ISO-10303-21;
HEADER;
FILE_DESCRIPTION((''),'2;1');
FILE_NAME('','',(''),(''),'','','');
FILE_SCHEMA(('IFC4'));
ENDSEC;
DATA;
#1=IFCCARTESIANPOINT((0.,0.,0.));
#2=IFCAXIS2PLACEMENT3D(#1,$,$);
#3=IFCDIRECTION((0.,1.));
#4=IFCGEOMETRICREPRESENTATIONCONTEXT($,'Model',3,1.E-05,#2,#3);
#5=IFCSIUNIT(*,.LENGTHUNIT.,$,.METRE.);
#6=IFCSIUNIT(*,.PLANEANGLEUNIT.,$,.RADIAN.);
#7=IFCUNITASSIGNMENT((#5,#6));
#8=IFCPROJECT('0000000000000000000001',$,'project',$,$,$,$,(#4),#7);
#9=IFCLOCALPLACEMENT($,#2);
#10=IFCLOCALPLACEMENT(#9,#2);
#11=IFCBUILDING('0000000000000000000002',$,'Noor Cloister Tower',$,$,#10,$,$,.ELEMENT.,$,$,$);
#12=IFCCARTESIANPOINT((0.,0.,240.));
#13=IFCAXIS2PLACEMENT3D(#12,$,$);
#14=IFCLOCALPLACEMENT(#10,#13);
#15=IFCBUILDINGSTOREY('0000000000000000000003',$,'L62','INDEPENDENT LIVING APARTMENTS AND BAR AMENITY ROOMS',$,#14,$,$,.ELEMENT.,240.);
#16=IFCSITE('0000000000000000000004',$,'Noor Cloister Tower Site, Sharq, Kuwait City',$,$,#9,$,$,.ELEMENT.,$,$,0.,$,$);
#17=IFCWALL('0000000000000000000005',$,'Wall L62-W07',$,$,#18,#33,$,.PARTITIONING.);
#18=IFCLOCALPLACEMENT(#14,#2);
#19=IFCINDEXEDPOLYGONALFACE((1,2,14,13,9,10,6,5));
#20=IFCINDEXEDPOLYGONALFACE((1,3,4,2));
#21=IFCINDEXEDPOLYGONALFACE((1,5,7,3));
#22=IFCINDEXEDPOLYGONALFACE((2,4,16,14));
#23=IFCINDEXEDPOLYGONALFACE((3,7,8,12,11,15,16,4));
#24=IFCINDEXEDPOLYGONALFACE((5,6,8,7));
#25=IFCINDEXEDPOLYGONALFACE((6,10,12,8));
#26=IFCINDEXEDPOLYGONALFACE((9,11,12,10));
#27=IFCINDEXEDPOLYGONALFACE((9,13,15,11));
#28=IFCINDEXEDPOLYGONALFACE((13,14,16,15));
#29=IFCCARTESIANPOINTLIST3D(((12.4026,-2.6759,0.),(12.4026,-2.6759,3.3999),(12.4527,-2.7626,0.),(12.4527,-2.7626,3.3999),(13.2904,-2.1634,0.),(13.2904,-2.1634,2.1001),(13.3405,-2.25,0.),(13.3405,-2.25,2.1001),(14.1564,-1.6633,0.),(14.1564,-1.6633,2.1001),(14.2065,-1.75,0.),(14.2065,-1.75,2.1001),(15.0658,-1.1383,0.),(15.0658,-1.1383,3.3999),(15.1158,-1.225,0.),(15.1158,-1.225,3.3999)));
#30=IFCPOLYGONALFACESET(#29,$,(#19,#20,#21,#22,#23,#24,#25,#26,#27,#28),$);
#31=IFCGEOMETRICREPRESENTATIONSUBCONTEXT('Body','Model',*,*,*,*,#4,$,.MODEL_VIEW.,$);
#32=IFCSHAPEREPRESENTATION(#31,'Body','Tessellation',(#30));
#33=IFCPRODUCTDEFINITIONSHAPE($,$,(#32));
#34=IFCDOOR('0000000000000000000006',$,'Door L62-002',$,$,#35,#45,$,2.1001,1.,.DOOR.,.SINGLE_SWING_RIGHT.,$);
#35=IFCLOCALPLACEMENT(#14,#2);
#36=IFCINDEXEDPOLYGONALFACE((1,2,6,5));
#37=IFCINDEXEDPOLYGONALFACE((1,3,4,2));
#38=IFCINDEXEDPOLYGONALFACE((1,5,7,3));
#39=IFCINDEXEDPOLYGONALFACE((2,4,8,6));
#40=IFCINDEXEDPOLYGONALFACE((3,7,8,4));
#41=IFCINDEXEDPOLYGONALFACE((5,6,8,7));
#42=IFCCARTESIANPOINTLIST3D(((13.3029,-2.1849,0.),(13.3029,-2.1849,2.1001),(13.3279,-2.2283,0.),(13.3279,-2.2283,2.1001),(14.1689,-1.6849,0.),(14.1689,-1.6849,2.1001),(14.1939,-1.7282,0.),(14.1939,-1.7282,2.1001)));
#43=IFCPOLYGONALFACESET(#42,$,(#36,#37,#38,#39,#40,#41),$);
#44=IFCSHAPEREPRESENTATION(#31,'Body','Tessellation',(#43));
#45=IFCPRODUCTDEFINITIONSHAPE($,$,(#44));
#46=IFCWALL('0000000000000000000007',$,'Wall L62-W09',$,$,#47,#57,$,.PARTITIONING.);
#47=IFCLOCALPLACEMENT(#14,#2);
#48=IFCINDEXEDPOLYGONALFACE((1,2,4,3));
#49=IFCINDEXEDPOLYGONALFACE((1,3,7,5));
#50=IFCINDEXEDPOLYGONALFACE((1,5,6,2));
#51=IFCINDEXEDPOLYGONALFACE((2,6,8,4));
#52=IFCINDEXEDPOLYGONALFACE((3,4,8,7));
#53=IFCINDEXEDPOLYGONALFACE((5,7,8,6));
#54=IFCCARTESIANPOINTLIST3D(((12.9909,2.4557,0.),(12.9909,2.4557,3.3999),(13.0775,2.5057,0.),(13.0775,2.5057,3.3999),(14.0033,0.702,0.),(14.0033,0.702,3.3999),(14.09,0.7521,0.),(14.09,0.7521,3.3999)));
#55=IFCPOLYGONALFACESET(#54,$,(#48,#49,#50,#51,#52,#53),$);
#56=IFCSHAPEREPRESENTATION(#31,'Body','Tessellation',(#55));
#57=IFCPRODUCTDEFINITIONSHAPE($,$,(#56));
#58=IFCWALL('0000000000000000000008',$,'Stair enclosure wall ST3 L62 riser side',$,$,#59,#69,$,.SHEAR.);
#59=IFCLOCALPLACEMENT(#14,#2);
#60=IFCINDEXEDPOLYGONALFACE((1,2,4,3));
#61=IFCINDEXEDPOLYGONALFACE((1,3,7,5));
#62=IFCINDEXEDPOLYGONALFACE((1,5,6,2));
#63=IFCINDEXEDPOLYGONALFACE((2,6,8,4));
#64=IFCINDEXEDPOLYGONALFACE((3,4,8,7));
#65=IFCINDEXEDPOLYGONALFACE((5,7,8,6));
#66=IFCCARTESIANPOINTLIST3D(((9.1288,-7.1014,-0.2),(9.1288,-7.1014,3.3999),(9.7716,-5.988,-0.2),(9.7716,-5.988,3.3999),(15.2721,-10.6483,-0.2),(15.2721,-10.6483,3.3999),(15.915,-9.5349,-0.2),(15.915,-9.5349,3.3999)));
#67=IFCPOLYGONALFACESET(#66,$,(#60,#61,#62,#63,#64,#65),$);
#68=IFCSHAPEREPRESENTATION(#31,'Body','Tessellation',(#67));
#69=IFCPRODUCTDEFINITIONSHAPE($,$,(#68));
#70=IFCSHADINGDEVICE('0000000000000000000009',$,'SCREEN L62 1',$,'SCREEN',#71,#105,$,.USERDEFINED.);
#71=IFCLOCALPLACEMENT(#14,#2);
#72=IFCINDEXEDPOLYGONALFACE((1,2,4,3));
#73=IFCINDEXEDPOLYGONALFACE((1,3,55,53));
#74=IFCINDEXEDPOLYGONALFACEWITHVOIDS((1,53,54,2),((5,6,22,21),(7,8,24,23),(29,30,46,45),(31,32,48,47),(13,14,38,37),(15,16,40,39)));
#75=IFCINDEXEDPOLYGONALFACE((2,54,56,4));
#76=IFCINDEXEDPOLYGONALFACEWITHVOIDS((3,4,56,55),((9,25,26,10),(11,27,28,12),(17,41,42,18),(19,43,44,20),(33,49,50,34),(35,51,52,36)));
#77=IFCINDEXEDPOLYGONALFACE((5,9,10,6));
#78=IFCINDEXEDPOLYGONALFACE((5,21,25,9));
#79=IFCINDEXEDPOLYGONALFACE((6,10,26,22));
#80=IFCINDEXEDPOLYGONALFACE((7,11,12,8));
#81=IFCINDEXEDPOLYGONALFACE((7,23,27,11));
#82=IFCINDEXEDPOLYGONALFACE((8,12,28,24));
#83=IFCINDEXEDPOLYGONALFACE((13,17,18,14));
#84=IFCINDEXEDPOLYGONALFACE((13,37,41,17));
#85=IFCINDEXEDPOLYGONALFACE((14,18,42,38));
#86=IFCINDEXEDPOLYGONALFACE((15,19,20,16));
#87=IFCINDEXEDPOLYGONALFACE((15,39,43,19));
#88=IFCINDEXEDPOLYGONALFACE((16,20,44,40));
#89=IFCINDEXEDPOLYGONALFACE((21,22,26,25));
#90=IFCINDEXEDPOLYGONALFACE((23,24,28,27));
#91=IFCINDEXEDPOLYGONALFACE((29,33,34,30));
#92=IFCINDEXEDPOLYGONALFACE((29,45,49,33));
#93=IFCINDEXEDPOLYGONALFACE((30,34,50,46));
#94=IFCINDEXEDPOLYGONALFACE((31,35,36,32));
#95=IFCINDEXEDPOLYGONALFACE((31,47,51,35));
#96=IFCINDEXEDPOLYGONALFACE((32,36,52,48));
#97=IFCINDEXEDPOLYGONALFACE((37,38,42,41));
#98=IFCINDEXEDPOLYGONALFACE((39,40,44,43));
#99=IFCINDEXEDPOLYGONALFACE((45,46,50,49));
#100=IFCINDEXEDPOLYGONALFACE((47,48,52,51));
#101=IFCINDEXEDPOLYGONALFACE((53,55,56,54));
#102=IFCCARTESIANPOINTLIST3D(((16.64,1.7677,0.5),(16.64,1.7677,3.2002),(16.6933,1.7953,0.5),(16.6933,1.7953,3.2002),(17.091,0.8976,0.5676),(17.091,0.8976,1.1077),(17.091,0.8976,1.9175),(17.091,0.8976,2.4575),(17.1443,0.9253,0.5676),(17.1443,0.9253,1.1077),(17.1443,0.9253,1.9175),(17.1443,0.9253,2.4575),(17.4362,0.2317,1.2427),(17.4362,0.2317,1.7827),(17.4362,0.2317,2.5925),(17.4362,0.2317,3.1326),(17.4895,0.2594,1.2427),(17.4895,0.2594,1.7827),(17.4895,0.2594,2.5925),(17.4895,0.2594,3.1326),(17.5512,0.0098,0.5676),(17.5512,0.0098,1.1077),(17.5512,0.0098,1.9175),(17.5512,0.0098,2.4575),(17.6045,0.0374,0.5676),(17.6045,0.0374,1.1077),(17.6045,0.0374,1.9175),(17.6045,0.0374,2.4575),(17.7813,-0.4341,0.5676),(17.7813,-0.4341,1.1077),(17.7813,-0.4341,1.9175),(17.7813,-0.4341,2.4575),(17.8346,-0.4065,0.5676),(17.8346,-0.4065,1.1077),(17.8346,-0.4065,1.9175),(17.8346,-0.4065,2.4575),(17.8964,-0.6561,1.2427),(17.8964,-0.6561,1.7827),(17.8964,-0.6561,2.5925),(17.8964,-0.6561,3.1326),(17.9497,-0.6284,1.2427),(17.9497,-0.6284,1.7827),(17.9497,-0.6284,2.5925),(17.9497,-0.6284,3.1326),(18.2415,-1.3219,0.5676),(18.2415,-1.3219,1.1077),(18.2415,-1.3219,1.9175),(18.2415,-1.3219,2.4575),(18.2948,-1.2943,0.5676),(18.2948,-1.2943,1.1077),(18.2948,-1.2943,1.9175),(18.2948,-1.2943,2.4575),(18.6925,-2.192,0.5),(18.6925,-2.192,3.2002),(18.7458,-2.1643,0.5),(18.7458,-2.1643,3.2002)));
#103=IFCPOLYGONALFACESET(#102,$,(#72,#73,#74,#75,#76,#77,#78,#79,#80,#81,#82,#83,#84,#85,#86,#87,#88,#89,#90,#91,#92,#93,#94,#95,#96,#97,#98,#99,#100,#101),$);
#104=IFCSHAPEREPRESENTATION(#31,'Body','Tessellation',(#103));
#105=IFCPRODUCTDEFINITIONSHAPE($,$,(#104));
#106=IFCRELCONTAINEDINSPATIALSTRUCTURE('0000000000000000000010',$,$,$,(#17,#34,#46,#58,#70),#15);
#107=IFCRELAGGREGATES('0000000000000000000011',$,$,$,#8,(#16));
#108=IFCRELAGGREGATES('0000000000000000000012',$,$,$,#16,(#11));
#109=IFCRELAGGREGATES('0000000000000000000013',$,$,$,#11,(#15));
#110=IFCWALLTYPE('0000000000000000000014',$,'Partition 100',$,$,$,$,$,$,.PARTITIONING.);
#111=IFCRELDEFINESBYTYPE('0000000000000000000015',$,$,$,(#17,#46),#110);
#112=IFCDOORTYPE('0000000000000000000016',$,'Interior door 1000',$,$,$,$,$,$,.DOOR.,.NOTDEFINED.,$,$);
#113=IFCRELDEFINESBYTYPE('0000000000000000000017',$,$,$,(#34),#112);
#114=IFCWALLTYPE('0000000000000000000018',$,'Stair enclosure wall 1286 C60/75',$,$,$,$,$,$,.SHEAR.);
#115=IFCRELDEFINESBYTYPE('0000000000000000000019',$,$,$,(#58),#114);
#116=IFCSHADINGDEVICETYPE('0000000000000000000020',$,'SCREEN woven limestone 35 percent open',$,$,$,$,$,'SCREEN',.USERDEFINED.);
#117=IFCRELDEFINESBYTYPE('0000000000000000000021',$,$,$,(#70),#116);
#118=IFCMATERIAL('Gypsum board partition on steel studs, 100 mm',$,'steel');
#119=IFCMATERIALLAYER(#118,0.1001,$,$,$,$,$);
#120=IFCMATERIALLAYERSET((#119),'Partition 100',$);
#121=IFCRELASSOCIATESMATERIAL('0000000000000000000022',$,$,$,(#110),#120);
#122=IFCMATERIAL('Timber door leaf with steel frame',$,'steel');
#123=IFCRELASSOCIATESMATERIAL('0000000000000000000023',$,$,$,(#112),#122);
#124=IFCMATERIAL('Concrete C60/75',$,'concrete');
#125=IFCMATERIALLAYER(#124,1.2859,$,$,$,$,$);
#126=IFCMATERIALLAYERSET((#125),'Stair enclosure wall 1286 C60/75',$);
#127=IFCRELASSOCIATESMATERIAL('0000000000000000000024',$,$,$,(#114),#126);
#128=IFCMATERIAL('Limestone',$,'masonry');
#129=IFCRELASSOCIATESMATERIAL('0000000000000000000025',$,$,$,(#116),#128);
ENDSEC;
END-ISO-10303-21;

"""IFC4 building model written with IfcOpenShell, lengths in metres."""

from ifc_helpers import new_model, si_unit, direction, frame, frame_2d, origin, place, context, subcontext, project, spatial, polyline, rectangle, outline, extrude, material, layer, layer_set, material_profile, profile_set, type_object, element, fill, save


model = new_model("IFC4")

# Units and contexts
model_context = context("Model", 3, precision=1e-05, world=origin(), true_north=direction((0.0, 1.0)))
body_context = subcontext(model_context, "Body", "Model", "MODEL_VIEW")
ifc_project = project(units=[si_unit("LENGTHUNIT", "METRE"), si_unit("PLANEANGLEUNIT", "RADIAN")], contexts=[model_context])

# Site, building, storey
site_placement = place(None, origin())
site = spatial("IfcSite", under=ifc_project, at=site_placement, Name="Noor Cloister Tower Site, Sharq, Kuwait City", CompositionType="ELEMENT", RefElevation=0.0)
building_placement = place(site_placement, origin())
building = spatial("IfcBuilding", under=site, at=building_placement, Name="Noor Cloister Tower", CompositionType="ELEMENT")
storey_placement = place(building_placement, frame((0.0, 0.0, 240.0)))
storey = spatial("IfcBuildingStorey", under=building, at=storey_placement, Name="L62", Description="INDEPENDENT LIVING APARTMENTS AND BAR AMENITY ROOMS", CompositionType="ELEMENT", Elevation=240.0)

# Shared definitions
ifc_material_1 = material(Name="Gypsum board partition on steel studs, 100 mm", Category="steel")
ifc_layer_1 = layer(ifc_material_1, 0.1001)
ifc_layer_set_1 = layer_set([ifc_layer_1], Name="Partition 100")
wall_type_1 = type_object("IfcWallType", Name="Partition 100", PredefinedType="PARTITIONING", material=ifc_layer_set_1)

# Wall, opening, door
wall_1_placement = place(storey_placement, frame((15.0908, -1.1816, 0.0), z_axis=(0.0, 0.0, 1.0), x_axis=(-0.866016, -0.500016, 0.0)))
wall_1 = element("IfcWall", 1, at=wall_1_placement, inside=storey, type_object=wall_type_1, Name="Wall L62-W07", PredefinedType="PARTITIONING", context=body_context, shape_type="SweptSolid", body=[
    extrude(rectangle(XDim=3.0752, YDim=0.1001, at=frame_2d((1.5376, 0.0))), origin(), (0.0, 0.0, 1.0), 3.3999),
])
opening_1_placement = place(wall_1_placement, frame((1.05, 0.0, 0.0)))
opening_1 = element("IfcOpeningElement", 2, at=opening_1_placement, cuts=wall_1, PredefinedType="OPENING", context=body_context, shape_type="SweptSolid", body=[
    extrude(rectangle(XDim=1.0, YDim=2.1001, at=frame_2d((0.5, 1.05))), frame((0.0, 0.0601, 0.0), z_axis=(0.0, -1.0, 0.0), x_axis=(1.0, 0.0, 0.0)), (0.0, 0.0, 1.0), 0.1201),
])
ifc_material_2 = material(Name="Timber door leaf with steel frame", Category="steel")
door_type_1 = type_object("IfcDoorType", Name="Interior door 1000", OperationType="NOTDEFINED", PredefinedType="DOOR", material=ifc_material_2)
door_1_placement = place(opening_1_placement, origin())
door_1 = element("IfcDoor", 3, at=door_1_placement, inside=storey, type_object=door_type_1, Name="Door L62-002", OperationType="SINGLE_SWING_RIGHT", OverallHeight=2.1001, OverallWidth=1.0, PredefinedType="DOOR", context=body_context, shape_type="SweptSolid", body=[
    extrude(rectangle(XDim=1.0, YDim=2.1001, at=frame_2d((0.5, 1.05))), frame((0.0, 0.0249, 0.0), z_axis=(0.0, -1.0, 0.0), x_axis=(1.0, 0.0, 0.0)), (0.0, 0.0, 1.0), 0.05),
])
fill(opening_1, door_1)

# Walls
wall_2_placement = place(storey_placement, frame((14.0466, 0.7271, 0.0), z_axis=(0.0, 0.0, 1.0), x_axis=(-0.49999, 0.866031, 0.0)))
element("IfcWall", 4, at=wall_2_placement, inside=storey, type_object=wall_type_1, Name="Wall L62-W09", PredefinedType="PARTITIONING", context=body_context, shape_type="SweptSolid", body=[
    extrude(rectangle(XDim=2.0249, YDim=0.1001, at=frame_2d((1.0125, 0.0))), origin(), (0.0, 0.0, 1.0), 3.3999),
])
ifc_material_3 = material(Name="Concrete C60/75", Category="concrete")
ifc_layer_2 = layer(ifc_material_3, 1.2859)
ifc_layer_set_2 = layer_set([ifc_layer_2], Name="Stair enclosure wall 1286 C60/75")
wall_type_2 = type_object("IfcWallType", Name="Stair enclosure wall 1286 C60/75", PredefinedType="SHEAR", material=ifc_layer_set_2)
wall_3_placement = place(storey_placement, frame((9.4502, -6.5447, -0.2), z_axis=(0.0, 0.0, 1.0), x_axis=(0.866023, -0.500003, 0.0)))
element("IfcWall", 5, at=wall_3_placement, inside=storey, type_object=wall_type_2, Name="Stair enclosure wall ST3 L62 riser side", PredefinedType="SHEAR", context=body_context, shape_type="SweptSolid", body=[
    extrude(rectangle(XDim=7.0938, YDim=1.2856, at=frame_2d((3.5469, 0.0))), origin(), (0.0, 0.0, 1.0), 3.5999),
])

# Shading device
ifc_material_4 = material(Name="Limestone", Category="masonry")
ifc_material_profile_1 = material_profile(ifc_material_4, outline(polyline([(-2.23, -1.3501), (2.23, -1.3501), (2.23, 1.3501), (-2.23, 1.3501), (-2.23, -1.3501)]), holes=[polyline([(-1.25, -1.2825), (-0.25, -1.2825), (-0.25, -0.7424), (-1.25, -0.7424), (-1.25, -1.2825)]), polyline([(0.25, -1.2825), (1.25, -1.2825), (1.25, -0.7424), (0.25, -0.7424), (0.25, -1.2825)]), polyline([(-0.5, -0.6074), (0.5, -0.6074), (0.5, -0.0674), (-0.5, -0.0674), (-0.5, -0.6074)]), polyline([(-1.25, 0.0674), (-0.25, 0.0674), (-0.25, 0.6074), (-1.25, 0.6074), (-1.25, 0.0674)]), polyline([(0.25, 0.0674), (1.25, 0.0674), (1.25, 0.6074), (0.25, 0.6074), (0.25, 0.0674)]), polyline([(-0.5, 0.7424), (0.5, 0.7424), (0.5, 1.2825), (-0.5, 1.2825), (-0.5, 0.7424)])]), Name="Woven screen 35 percent open")
ifc_profile_set_1 = profile_set([ifc_material_profile_1], Name="Limestone")
shading_device_type = type_object("IfcShadingDeviceType", Name="SCREEN woven limestone 35 percent open", ElementType="SCREEN", PredefinedType="USERDEFINED", material=ifc_profile_set_1)
shading_device_placement = place(storey_placement, frame((17.6663, -0.2122, 1.8501), z_axis=(0.887816, 0.460198, 0.0), x_axis=(-0.460198, 0.887816, 0.0)))
element("IfcShadingDevice", 6, at=shading_device_placement, inside=storey, type_object=shading_device_type, Name="SCREEN L62 1", ObjectType="SCREEN", PredefinedType="USERDEFINED", context=body_context, shape_type="SweptSolid", body=[
    extrude(outline(polyline([(-2.23, -1.3501), (2.23, -1.3501), (2.23, 1.3501), (-2.23, 1.3501), (-2.23, -1.3501)]), holes=[polyline([(-1.25, -1.2825), (-0.25, -1.2825), (-0.25, -0.7424), (-1.25, -0.7424), (-1.25, -1.2825)]), polyline([(0.25, -1.2825), (1.25, -1.2825), (1.25, -0.7424), (0.25, -0.7424), (0.25, -1.2825)]), polyline([(-0.5, -0.6074), (0.5, -0.6074), (0.5, -0.0674), (-0.5, -0.0674), (-0.5, -0.6074)]), polyline([(-1.25, 0.0674), (-0.25, 0.0674), (-0.25, 0.6074), (-1.25, 0.6074), (-1.25, 0.0674)]), polyline([(0.25, 0.0674), (1.25, 0.0674), (1.25, 0.6074), (0.25, 0.6074), (0.25, 0.0674)]), polyline([(-0.5, 0.7424), (0.5, 0.7424), (0.5, 1.2825), (-0.5, 1.2825), (-0.5, 0.7424)])]), origin(), (0.0, 0.0, 1.0), 0.0601),
])

save(model, "model.ifc")
